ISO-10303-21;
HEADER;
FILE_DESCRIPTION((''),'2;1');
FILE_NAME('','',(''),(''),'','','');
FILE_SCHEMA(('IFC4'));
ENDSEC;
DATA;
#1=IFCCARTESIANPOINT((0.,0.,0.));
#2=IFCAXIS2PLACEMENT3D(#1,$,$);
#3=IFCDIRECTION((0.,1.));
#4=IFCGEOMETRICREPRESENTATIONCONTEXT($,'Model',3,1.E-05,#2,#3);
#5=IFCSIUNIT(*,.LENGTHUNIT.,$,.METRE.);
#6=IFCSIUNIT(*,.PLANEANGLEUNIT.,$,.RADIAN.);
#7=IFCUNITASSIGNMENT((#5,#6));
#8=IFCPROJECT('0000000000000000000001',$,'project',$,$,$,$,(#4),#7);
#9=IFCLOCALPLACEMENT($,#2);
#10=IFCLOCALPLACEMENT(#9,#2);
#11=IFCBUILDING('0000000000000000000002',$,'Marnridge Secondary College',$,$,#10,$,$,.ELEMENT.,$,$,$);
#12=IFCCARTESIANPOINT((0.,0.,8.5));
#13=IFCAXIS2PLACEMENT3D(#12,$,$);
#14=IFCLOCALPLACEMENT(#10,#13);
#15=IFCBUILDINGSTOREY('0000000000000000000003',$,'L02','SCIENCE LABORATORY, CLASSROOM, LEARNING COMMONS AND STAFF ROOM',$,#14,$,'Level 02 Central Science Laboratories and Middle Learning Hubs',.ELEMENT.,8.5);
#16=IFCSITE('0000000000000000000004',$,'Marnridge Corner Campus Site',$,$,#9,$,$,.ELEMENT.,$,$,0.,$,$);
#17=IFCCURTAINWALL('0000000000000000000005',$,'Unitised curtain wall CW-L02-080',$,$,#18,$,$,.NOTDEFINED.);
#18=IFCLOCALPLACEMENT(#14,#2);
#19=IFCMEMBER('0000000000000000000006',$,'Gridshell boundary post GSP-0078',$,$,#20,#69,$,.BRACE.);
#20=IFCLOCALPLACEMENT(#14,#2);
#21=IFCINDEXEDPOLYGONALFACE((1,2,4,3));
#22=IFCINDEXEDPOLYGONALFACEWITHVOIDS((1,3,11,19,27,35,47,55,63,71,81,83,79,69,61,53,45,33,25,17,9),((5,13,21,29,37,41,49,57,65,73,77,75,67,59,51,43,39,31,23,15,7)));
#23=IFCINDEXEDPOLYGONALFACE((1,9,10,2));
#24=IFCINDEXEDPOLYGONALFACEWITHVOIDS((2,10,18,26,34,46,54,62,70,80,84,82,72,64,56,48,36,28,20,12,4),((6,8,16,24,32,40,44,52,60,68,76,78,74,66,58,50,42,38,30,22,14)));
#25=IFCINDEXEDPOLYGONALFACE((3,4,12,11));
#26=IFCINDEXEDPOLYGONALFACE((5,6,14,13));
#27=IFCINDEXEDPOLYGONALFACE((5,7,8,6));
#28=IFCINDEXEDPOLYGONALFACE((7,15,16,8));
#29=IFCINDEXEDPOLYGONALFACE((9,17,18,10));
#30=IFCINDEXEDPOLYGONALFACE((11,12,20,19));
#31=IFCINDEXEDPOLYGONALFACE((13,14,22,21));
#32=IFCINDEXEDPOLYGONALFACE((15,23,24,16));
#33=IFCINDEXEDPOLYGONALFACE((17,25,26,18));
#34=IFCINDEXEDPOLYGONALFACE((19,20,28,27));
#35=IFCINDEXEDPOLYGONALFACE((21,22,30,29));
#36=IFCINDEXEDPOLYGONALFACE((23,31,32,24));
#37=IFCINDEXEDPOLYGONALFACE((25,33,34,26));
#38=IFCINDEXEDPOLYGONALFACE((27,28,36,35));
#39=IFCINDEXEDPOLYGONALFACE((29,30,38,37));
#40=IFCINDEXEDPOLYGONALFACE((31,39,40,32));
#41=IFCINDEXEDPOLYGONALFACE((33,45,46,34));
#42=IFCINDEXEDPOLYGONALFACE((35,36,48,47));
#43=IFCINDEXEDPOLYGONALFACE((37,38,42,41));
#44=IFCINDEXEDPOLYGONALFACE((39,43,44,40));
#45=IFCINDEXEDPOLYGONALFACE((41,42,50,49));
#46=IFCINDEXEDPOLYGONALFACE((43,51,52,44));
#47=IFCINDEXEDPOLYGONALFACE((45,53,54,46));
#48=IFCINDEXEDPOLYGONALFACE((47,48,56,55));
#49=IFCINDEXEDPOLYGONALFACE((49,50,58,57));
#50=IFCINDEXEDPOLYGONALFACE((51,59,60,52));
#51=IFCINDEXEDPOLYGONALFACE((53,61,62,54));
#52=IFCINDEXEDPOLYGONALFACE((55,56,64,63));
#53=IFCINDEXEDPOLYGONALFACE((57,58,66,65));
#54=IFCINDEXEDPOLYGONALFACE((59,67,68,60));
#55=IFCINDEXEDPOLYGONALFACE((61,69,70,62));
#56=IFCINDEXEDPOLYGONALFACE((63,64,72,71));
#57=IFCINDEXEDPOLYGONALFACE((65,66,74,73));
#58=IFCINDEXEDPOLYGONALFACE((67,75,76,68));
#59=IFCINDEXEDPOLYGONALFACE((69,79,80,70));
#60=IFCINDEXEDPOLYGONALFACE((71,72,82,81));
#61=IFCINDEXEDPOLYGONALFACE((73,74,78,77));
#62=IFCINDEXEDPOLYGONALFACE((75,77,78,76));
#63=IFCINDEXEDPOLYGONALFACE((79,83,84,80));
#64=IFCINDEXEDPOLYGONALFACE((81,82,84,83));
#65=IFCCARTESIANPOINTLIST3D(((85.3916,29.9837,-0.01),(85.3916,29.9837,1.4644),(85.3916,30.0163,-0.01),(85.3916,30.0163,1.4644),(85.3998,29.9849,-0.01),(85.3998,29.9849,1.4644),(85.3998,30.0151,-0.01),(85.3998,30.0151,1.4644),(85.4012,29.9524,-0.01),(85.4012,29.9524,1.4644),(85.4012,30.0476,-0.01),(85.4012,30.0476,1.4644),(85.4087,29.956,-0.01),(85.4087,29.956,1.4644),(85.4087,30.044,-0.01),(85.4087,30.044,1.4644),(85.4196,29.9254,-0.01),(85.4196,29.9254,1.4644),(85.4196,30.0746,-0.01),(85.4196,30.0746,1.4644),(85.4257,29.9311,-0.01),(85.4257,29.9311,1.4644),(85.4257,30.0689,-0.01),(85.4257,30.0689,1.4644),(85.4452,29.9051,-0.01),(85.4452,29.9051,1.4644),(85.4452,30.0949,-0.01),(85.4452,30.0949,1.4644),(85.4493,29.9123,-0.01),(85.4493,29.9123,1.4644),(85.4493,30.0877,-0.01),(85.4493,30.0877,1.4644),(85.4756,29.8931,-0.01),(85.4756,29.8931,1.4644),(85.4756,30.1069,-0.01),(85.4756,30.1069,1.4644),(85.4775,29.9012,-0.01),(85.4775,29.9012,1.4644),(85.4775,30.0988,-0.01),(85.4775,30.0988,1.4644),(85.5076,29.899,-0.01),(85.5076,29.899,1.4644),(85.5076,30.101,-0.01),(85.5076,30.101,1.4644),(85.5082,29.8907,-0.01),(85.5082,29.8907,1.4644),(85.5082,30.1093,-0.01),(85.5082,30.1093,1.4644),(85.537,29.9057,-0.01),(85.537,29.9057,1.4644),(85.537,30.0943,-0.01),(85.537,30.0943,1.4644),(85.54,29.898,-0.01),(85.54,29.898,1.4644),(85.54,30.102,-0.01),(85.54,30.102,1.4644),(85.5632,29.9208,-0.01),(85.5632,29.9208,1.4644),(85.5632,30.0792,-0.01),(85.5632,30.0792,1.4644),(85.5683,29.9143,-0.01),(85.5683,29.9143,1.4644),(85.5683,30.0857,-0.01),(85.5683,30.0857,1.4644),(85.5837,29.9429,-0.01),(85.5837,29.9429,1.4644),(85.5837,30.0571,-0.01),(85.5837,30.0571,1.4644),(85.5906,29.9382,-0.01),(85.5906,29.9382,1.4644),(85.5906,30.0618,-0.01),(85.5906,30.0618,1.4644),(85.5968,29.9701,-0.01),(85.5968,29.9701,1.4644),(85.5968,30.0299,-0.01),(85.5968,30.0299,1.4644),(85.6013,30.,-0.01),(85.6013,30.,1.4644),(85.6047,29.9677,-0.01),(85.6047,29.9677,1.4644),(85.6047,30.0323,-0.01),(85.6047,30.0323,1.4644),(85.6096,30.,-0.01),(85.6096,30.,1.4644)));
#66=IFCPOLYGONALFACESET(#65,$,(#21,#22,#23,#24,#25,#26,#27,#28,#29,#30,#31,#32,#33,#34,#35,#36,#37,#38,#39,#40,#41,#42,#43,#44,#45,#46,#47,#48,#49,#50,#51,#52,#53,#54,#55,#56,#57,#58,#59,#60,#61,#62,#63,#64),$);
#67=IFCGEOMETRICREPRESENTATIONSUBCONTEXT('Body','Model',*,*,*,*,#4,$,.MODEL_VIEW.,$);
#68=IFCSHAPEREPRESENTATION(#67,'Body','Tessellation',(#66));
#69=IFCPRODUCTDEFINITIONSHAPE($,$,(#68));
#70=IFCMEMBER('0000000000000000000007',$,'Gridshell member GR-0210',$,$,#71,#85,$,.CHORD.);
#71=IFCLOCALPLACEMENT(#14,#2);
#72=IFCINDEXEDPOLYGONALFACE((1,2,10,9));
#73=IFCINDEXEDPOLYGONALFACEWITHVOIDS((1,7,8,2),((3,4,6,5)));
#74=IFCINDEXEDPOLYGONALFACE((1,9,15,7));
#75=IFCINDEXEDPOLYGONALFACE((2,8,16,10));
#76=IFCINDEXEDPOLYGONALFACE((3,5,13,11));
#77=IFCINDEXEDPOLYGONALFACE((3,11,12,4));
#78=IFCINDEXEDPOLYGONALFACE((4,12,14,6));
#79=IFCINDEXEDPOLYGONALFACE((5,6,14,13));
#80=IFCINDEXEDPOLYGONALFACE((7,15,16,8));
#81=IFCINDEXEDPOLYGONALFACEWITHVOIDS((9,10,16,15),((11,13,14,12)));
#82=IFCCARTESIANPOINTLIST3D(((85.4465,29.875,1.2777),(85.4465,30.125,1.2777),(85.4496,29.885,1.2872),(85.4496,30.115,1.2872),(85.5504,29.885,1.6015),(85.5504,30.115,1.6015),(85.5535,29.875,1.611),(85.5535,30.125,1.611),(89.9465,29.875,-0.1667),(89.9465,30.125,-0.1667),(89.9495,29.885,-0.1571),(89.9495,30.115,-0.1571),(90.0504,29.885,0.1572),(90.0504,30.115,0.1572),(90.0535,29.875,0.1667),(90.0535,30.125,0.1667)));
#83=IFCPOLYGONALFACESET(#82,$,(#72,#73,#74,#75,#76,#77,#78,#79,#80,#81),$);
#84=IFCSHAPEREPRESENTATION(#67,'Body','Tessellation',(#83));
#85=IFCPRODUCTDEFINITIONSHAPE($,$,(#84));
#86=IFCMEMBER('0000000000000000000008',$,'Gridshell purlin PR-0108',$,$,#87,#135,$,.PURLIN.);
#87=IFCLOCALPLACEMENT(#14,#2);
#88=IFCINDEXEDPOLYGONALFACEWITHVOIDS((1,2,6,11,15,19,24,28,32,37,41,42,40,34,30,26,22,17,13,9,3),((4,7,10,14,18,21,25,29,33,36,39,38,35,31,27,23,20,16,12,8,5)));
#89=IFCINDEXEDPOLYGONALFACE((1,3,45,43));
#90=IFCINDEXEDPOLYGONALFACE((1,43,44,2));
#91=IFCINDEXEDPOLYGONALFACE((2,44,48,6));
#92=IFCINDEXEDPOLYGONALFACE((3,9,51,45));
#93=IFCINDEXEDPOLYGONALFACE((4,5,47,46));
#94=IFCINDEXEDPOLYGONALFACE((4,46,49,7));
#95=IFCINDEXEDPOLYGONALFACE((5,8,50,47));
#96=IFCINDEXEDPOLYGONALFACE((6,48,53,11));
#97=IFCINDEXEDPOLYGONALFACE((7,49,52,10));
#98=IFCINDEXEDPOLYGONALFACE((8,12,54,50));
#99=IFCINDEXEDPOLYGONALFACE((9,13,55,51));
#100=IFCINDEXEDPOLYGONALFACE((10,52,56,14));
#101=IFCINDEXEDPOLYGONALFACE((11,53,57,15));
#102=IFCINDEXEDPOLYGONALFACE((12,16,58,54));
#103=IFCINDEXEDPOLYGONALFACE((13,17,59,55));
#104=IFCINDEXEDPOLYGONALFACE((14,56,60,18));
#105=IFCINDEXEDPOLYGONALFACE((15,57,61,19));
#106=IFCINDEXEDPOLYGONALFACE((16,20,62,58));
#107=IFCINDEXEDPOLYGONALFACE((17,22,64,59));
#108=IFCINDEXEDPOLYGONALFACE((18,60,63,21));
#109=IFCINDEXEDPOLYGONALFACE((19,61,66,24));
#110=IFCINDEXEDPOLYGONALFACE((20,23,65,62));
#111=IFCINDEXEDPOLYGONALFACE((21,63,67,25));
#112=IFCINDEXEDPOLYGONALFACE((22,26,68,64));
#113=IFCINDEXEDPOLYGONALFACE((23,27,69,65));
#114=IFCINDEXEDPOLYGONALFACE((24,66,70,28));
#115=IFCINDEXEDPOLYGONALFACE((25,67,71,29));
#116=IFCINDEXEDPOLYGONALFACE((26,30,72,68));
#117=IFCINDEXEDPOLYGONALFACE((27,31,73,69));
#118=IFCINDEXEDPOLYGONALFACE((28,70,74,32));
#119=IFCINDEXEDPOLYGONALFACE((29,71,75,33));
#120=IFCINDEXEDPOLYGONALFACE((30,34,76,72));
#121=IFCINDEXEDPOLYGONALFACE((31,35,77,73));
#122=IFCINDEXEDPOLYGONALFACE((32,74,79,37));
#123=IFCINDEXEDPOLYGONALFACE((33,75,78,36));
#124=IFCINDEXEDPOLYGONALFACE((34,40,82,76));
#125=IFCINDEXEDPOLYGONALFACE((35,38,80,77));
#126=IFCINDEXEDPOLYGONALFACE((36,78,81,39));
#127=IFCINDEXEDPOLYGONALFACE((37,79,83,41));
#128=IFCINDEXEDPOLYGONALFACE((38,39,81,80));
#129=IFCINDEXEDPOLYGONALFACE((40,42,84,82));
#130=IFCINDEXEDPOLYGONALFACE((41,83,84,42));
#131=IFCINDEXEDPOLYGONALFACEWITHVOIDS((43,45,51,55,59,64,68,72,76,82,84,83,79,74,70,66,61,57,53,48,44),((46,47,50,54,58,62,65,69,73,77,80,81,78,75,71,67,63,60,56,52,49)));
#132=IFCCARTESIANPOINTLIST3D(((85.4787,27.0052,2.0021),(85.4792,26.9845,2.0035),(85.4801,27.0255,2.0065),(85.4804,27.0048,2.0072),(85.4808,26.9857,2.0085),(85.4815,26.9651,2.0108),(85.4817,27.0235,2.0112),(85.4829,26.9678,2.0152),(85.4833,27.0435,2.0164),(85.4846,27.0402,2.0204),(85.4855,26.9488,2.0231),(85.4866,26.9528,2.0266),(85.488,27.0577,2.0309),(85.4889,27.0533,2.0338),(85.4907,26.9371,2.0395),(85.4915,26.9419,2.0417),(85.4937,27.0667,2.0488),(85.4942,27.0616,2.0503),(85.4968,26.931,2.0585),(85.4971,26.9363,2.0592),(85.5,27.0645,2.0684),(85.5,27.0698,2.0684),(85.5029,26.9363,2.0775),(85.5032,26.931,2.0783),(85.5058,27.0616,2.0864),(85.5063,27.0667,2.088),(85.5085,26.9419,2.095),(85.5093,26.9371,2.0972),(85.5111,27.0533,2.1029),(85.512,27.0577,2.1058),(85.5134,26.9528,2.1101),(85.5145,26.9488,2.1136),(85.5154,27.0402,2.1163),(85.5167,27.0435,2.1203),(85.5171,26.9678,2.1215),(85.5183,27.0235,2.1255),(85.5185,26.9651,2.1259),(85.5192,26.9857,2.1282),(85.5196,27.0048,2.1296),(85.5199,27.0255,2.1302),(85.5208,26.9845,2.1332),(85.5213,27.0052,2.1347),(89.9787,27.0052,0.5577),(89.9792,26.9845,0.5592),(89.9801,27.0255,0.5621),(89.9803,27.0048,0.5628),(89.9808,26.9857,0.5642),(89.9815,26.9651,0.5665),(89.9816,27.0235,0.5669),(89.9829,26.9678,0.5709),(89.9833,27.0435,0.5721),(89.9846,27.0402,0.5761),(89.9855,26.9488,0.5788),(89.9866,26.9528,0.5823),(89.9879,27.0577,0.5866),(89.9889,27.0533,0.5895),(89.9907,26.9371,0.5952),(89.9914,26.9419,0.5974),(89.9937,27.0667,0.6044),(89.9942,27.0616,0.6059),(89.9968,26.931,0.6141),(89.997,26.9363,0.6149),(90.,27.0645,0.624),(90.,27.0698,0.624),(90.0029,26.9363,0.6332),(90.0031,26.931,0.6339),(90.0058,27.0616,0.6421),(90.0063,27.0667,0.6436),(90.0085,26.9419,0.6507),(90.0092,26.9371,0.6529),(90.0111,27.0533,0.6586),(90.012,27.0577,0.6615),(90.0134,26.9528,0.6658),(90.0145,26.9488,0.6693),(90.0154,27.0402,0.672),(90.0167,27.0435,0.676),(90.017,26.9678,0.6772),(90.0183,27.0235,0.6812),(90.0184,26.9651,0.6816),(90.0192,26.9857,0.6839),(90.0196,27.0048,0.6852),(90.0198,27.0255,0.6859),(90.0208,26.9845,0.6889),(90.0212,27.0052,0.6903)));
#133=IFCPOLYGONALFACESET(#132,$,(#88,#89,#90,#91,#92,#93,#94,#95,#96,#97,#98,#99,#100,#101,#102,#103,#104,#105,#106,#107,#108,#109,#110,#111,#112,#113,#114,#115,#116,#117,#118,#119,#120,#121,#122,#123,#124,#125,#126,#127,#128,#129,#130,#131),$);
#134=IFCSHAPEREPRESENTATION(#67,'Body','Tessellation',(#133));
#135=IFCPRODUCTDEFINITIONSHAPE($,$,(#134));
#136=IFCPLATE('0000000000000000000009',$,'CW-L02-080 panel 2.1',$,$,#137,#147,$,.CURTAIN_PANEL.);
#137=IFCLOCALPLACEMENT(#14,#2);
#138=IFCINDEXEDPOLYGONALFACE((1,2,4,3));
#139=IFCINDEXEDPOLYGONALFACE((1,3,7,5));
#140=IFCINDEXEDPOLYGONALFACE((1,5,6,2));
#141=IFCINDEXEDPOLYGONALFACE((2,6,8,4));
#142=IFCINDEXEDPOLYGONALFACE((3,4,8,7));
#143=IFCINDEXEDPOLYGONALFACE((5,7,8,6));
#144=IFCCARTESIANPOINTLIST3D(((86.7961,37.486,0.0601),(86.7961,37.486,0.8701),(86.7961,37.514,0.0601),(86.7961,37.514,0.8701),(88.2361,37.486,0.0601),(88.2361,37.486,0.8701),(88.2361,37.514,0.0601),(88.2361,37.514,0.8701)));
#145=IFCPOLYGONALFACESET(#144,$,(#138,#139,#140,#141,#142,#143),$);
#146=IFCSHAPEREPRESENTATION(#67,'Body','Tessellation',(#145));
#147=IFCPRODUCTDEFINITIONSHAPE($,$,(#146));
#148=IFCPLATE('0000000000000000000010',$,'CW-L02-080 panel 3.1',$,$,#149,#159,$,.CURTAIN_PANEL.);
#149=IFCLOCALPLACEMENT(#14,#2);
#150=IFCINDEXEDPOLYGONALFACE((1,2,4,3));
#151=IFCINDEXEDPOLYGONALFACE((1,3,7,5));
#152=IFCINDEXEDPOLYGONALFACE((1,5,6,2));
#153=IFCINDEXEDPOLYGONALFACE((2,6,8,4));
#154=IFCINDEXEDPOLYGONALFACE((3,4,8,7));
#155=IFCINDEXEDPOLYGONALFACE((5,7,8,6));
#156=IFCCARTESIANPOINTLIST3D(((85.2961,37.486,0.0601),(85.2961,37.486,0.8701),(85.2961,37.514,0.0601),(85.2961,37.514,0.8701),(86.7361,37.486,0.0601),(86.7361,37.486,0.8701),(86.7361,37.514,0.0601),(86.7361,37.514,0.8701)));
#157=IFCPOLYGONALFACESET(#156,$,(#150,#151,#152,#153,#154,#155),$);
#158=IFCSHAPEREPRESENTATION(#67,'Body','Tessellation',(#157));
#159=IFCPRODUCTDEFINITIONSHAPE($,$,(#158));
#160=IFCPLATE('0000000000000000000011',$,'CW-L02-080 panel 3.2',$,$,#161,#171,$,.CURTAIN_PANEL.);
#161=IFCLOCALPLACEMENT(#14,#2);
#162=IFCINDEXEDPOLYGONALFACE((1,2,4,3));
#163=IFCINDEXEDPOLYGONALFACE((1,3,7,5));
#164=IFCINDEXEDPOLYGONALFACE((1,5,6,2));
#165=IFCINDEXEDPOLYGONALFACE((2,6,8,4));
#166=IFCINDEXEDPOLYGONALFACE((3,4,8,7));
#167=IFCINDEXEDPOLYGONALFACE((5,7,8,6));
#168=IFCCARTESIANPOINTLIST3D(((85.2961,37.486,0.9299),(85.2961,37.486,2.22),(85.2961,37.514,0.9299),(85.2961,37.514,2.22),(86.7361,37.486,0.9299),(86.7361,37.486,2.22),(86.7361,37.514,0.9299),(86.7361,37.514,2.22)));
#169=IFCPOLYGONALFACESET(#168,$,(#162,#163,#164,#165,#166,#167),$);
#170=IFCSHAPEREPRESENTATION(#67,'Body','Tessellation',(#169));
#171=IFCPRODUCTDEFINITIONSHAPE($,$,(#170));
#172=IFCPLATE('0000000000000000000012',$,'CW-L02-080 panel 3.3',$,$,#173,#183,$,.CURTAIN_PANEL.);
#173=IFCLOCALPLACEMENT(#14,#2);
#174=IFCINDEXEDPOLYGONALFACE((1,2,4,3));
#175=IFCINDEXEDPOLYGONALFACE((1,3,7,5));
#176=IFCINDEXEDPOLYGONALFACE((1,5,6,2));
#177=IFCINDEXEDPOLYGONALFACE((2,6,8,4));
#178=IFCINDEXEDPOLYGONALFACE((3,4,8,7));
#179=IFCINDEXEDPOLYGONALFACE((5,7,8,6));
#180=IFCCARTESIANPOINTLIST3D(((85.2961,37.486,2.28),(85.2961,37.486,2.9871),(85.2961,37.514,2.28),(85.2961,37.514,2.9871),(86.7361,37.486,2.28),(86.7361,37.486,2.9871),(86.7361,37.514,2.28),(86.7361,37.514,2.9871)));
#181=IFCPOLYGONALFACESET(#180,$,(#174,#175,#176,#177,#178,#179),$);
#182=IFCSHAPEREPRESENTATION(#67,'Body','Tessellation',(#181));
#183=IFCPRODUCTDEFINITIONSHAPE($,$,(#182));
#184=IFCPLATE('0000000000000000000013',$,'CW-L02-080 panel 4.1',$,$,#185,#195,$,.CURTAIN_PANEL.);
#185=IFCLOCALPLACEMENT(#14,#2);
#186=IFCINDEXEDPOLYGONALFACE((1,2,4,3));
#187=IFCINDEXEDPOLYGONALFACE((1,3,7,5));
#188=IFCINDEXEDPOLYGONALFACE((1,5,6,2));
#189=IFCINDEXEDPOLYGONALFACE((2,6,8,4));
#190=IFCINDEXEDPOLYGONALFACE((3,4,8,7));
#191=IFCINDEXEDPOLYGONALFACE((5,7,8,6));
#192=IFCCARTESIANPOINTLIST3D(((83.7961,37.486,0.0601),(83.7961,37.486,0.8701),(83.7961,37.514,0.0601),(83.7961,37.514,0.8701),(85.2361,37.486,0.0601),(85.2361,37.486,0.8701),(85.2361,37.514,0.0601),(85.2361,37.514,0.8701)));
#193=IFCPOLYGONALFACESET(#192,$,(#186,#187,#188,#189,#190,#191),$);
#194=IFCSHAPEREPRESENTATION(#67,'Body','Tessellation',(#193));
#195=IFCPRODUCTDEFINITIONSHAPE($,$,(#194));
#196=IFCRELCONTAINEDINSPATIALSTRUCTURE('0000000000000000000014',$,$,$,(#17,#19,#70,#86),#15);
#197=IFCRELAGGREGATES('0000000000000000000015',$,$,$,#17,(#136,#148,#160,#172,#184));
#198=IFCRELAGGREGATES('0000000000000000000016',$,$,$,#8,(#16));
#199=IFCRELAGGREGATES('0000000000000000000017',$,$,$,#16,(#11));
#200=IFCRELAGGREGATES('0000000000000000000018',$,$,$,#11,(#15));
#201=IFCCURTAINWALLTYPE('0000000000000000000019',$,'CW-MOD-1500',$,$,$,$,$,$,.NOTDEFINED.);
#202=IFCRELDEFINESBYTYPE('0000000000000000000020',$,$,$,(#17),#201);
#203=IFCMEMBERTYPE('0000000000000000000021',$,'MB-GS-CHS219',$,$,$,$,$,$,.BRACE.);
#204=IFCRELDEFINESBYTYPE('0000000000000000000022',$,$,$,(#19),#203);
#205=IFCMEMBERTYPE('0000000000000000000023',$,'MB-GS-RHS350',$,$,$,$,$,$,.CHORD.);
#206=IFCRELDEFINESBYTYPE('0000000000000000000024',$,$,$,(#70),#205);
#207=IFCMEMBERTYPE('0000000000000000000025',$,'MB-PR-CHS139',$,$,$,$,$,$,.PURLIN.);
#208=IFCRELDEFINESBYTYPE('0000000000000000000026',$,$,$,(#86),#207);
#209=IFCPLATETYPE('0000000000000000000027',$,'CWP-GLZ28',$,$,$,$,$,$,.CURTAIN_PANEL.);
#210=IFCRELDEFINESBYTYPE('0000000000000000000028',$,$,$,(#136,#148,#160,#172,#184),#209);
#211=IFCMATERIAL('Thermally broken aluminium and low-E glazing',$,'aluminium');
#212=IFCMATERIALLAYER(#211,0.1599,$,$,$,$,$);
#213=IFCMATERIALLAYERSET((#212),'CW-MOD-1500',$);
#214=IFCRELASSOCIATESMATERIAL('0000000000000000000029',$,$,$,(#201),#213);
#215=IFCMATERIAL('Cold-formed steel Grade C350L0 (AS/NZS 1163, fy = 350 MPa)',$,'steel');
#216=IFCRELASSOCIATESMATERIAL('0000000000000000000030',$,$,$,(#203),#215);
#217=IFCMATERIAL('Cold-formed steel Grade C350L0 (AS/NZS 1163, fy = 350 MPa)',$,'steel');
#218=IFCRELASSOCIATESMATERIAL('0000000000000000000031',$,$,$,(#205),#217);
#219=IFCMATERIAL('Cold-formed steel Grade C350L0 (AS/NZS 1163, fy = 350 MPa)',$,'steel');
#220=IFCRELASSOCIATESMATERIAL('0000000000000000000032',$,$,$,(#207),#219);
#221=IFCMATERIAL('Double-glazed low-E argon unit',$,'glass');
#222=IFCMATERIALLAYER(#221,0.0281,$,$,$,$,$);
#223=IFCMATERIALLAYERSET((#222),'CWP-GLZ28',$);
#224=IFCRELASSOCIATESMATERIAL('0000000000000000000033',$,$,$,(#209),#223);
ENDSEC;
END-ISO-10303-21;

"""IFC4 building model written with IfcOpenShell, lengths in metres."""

from ifc_helpers import new_model, si_unit, direction, frame, origin, origin_2d, place, context, subcontext, project, spatial, rectangle, hollow_rectangle, hollow_circle, extrude, material, layer, layer_set, material_profile, profile_set, type_object, element, aggregate, save


model = new_model("IFC4")

# Units and contexts
model_context = context("Model", 3, precision=1e-05, world=origin(), true_north=direction((0.0, 1.0)))
body_context = subcontext(model_context, "Body", "Model", "MODEL_VIEW")
ifc_project = project(units=[si_unit("LENGTHUNIT", "METRE"), si_unit("PLANEANGLEUNIT", "RADIAN")], contexts=[model_context])

# Site, building, storey
site_placement = place(None, origin())
site = spatial("IfcSite", under=ifc_project, at=site_placement, Name="Marnridge Corner Campus Site", CompositionType="ELEMENT", RefElevation=0.0)
building_placement = place(site_placement, origin())
building = spatial("IfcBuilding", under=site, at=building_placement, Name="Marnridge Secondary College", CompositionType="ELEMENT")
storey_placement = place(building_placement, frame((0.0, 0.0, 8.5)))
storey = spatial("IfcBuildingStorey", under=building, at=storey_placement, Name="L02", Description="SCIENCE LABORATORY, CLASSROOM, LEARNING COMMONS AND STAFF ROOM", LongName="Level 02 Central Science Laboratories and Middle Learning Hubs", CompositionType="ELEMENT", Elevation=8.5)

# Curtain wall
ifc_material_1 = material(Name="Thermally broken aluminium and low-E glazing", Category="aluminium")
ifc_layer_1 = layer(ifc_material_1, 0.1599)
ifc_layer_set_1 = layer_set([ifc_layer_1], Name="CW-MOD-1500")
curtain_wall_type = type_object("IfcCurtainWallType", Name="CW-MOD-1500", PredefinedType="NOTDEFINED", material=ifc_layer_set_1)
curtain_wall_placement = place(storey_placement, origin())
curtain_wall = element("IfcCurtainWall", 1, at=curtain_wall_placement, inside=storey, type_object=curtain_wall_type, Name="Unitised curtain wall CW-L02-080", PredefinedType="NOTDEFINED")

# Members
ifc_material_2 = material(Name="Cold-formed steel Grade C350L0 (AS/NZS 1163, fy = 350 MPa)", Category="steel")
ifc_material_profile_1 = material_profile(ifc_material_2, hollow_circle(Radius=0.1096, WallThickness=0.0083, at=origin_2d()), Name="219.1x8.2CHS")
ifc_profile_set_1 = profile_set([ifc_material_profile_1], Name="Cold-formed steel Grade C350L0 (AS/NZS 1163, fy = 350 MPa)")
member_type_1 = type_object("IfcMemberType", Name="MB-GS-CHS219", PredefinedType="BRACE", material=ifc_profile_set_1)
member_1_placement = place(storey_placement, frame((85.5, 30.0, -0.01), z_axis=(0.0, 0.0, 1.0), x_axis=(1.0, 0.0, 0.0)))
element("IfcMember", 2, at=member_1_placement, inside=storey, type_object=member_type_1, Name="Gridshell boundary post GSP-0078", PredefinedType="BRACE", context=body_context, shape_type="SweptSolid", body=[
    extrude(hollow_circle(Radius=0.1096, WallThickness=0.0083, at=origin_2d()), origin(), (0.0, 0.0, 1.0), 1.4744),
])
ifc_material_3 = material(Name="Cold-formed steel Grade C350L0 (AS/NZS 1163, fy = 350 MPa)", Category="steel")
ifc_material_profile_2 = material_profile(ifc_material_3, hollow_rectangle(XDim=0.25, YDim=0.3501, WallThickness=0.01, at=origin_2d()), Name="350x250x10.0RHS")
ifc_profile_set_2 = profile_set([ifc_material_profile_2], Name="Cold-formed steel Grade C350L0 (AS/NZS 1163, fy = 350 MPa)")
member_type_2 = type_object("IfcMemberType", Name="MB-GS-RHS350", PredefinedType="CHORD", material=ifc_profile_set_2)
member_2_placement = place(storey_placement, frame((85.5, 30.0, 1.4443), z_axis=(0.952157, 0.0, -0.305608), x_axis=(0.0, 1.0, 0.0)))
element("IfcMember", 3, at=member_2_placement, inside=storey, type_object=member_type_2, Name="Gridshell member GR-0210", PredefinedType="CHORD", context=body_context, shape_type="SweptSolid", body=[
    extrude(hollow_rectangle(XDim=0.25, YDim=0.3501, WallThickness=0.01, at=origin_2d()), origin(), (0.0, 0.0, 1.0), 4.7261),
])
ifc_material_4 = material(Name="Cold-formed steel Grade C350L0 (AS/NZS 1163, fy = 350 MPa)", Category="steel")
ifc_material_profile_3 = material_profile(ifc_material_4, hollow_circle(Radius=0.0698, WallThickness=0.0054, at=origin_2d()), Name="139.7x5.4CHS")
ifc_profile_set_3 = profile_set([ifc_material_profile_3], Name="Cold-formed steel Grade C350L0 (AS/NZS 1163, fy = 350 MPa)")
member_type_3 = type_object("IfcMemberType", Name="MB-PR-CHS139", PredefinedType="PURLIN", material=ifc_profile_set_3)
member_3_placement = place(storey_placement, frame((85.5, 27.0, 2.0684), z_axis=(0.952157, 0.0, -0.305608), x_axis=(0.0, 1.0, 0.0)))
element("IfcMember", 4, at=member_3_placement, inside=storey, type_object=member_type_3, Name="Gridshell purlin PR-0108", PredefinedType="PURLIN", context=body_context, shape_type="SweptSolid", body=[
    extrude(hollow_circle(Radius=0.0698, WallThickness=0.0054, at=origin_2d()), origin(), (0.0, 0.0, 1.0), 4.7261),
])

# Plates
ifc_material_5 = material(Name="Double-glazed low-E argon unit", Category="glass")
ifc_layer_2 = layer(ifc_material_5, 0.0281)
ifc_layer_set_2 = layer_set([ifc_layer_2], Name="CWP-GLZ28")
plate_type_1 = type_object("IfcPlateType", Name="CWP-GLZ28", PredefinedType="CURTAIN_PANEL", material=ifc_layer_set_2)
plate_1_placement = place(storey_placement, frame((87.5161, 37.5, 0.0601), z_axis=(0.0, 0.0, 1.0), x_axis=(-1.0, 0.0, 0.0)))
plate_1 = element("IfcPlate", 5, at=plate_1_placement, type_object=plate_type_1, Name="CW-L02-080 panel 2.1", PredefinedType="CURTAIN_PANEL", context=body_context, shape_type="SweptSolid", body=[
    extrude(rectangle(XDim=1.4399, YDim=0.0281, at=origin_2d()), origin(), (0.0, 0.0, 1.0), 0.8101),
])
plate_2_placement = place(storey_placement, frame((86.0161, 37.5, 0.0601), z_axis=(0.0, 0.0, 1.0), x_axis=(-1.0, 0.0, 0.0)))
plate_2 = element("IfcPlate", 6, at=plate_2_placement, type_object=plate_type_1, Name="CW-L02-080 panel 3.1", PredefinedType="CURTAIN_PANEL", context=body_context, shape_type="SweptSolid", body=[
    extrude(rectangle(XDim=1.4399, YDim=0.0281, at=origin_2d()), origin(), (0.0, 0.0, 1.0), 0.8101),
])
plate_3_placement = place(storey_placement, frame((86.0161, 37.5, 0.9299), z_axis=(0.0, 0.0, 1.0), x_axis=(-1.0, 0.0, 0.0)))
plate_3 = element("IfcPlate", 7, at=plate_3_placement, type_object=plate_type_1, Name="CW-L02-080 panel 3.2", PredefinedType="CURTAIN_PANEL", context=body_context, shape_type="SweptSolid", body=[
    extrude(rectangle(XDim=1.4399, YDim=0.0281, at=origin_2d()), origin(), (0.0, 0.0, 1.0), 1.29),
])
plate_4_placement = place(storey_placement, frame((86.0161, 37.5, 2.28), z_axis=(0.0, 0.0, 1.0), x_axis=(-1.0, 0.0, 0.0)))
plate_4 = element("IfcPlate", 8, at=plate_4_placement, type_object=plate_type_1, Name="CW-L02-080 panel 3.3", PredefinedType="CURTAIN_PANEL", context=body_context, shape_type="SweptSolid", body=[
    extrude(rectangle(XDim=1.4399, YDim=0.0281, at=origin_2d()), origin(), (0.0, 0.0, 1.0), 0.707),
])
plate_5_placement = place(storey_placement, frame((84.5161, 37.5, 0.0601), z_axis=(0.0, 0.0, 1.0), x_axis=(-1.0, 0.0, 0.0)))
plate_5 = element("IfcPlate", 9, at=plate_5_placement, type_object=plate_type_1, Name="CW-L02-080 panel 4.1", PredefinedType="CURTAIN_PANEL", context=body_context, shape_type="SweptSolid", body=[
    extrude(rectangle(XDim=1.4399, YDim=0.0281, at=origin_2d()), origin(), (0.0, 0.0, 1.0), 0.8101),
])
aggregate(curtain_wall, [plate_1, plate_2, plate_3, plate_4, plate_5])

save(model, "model.ifc")
